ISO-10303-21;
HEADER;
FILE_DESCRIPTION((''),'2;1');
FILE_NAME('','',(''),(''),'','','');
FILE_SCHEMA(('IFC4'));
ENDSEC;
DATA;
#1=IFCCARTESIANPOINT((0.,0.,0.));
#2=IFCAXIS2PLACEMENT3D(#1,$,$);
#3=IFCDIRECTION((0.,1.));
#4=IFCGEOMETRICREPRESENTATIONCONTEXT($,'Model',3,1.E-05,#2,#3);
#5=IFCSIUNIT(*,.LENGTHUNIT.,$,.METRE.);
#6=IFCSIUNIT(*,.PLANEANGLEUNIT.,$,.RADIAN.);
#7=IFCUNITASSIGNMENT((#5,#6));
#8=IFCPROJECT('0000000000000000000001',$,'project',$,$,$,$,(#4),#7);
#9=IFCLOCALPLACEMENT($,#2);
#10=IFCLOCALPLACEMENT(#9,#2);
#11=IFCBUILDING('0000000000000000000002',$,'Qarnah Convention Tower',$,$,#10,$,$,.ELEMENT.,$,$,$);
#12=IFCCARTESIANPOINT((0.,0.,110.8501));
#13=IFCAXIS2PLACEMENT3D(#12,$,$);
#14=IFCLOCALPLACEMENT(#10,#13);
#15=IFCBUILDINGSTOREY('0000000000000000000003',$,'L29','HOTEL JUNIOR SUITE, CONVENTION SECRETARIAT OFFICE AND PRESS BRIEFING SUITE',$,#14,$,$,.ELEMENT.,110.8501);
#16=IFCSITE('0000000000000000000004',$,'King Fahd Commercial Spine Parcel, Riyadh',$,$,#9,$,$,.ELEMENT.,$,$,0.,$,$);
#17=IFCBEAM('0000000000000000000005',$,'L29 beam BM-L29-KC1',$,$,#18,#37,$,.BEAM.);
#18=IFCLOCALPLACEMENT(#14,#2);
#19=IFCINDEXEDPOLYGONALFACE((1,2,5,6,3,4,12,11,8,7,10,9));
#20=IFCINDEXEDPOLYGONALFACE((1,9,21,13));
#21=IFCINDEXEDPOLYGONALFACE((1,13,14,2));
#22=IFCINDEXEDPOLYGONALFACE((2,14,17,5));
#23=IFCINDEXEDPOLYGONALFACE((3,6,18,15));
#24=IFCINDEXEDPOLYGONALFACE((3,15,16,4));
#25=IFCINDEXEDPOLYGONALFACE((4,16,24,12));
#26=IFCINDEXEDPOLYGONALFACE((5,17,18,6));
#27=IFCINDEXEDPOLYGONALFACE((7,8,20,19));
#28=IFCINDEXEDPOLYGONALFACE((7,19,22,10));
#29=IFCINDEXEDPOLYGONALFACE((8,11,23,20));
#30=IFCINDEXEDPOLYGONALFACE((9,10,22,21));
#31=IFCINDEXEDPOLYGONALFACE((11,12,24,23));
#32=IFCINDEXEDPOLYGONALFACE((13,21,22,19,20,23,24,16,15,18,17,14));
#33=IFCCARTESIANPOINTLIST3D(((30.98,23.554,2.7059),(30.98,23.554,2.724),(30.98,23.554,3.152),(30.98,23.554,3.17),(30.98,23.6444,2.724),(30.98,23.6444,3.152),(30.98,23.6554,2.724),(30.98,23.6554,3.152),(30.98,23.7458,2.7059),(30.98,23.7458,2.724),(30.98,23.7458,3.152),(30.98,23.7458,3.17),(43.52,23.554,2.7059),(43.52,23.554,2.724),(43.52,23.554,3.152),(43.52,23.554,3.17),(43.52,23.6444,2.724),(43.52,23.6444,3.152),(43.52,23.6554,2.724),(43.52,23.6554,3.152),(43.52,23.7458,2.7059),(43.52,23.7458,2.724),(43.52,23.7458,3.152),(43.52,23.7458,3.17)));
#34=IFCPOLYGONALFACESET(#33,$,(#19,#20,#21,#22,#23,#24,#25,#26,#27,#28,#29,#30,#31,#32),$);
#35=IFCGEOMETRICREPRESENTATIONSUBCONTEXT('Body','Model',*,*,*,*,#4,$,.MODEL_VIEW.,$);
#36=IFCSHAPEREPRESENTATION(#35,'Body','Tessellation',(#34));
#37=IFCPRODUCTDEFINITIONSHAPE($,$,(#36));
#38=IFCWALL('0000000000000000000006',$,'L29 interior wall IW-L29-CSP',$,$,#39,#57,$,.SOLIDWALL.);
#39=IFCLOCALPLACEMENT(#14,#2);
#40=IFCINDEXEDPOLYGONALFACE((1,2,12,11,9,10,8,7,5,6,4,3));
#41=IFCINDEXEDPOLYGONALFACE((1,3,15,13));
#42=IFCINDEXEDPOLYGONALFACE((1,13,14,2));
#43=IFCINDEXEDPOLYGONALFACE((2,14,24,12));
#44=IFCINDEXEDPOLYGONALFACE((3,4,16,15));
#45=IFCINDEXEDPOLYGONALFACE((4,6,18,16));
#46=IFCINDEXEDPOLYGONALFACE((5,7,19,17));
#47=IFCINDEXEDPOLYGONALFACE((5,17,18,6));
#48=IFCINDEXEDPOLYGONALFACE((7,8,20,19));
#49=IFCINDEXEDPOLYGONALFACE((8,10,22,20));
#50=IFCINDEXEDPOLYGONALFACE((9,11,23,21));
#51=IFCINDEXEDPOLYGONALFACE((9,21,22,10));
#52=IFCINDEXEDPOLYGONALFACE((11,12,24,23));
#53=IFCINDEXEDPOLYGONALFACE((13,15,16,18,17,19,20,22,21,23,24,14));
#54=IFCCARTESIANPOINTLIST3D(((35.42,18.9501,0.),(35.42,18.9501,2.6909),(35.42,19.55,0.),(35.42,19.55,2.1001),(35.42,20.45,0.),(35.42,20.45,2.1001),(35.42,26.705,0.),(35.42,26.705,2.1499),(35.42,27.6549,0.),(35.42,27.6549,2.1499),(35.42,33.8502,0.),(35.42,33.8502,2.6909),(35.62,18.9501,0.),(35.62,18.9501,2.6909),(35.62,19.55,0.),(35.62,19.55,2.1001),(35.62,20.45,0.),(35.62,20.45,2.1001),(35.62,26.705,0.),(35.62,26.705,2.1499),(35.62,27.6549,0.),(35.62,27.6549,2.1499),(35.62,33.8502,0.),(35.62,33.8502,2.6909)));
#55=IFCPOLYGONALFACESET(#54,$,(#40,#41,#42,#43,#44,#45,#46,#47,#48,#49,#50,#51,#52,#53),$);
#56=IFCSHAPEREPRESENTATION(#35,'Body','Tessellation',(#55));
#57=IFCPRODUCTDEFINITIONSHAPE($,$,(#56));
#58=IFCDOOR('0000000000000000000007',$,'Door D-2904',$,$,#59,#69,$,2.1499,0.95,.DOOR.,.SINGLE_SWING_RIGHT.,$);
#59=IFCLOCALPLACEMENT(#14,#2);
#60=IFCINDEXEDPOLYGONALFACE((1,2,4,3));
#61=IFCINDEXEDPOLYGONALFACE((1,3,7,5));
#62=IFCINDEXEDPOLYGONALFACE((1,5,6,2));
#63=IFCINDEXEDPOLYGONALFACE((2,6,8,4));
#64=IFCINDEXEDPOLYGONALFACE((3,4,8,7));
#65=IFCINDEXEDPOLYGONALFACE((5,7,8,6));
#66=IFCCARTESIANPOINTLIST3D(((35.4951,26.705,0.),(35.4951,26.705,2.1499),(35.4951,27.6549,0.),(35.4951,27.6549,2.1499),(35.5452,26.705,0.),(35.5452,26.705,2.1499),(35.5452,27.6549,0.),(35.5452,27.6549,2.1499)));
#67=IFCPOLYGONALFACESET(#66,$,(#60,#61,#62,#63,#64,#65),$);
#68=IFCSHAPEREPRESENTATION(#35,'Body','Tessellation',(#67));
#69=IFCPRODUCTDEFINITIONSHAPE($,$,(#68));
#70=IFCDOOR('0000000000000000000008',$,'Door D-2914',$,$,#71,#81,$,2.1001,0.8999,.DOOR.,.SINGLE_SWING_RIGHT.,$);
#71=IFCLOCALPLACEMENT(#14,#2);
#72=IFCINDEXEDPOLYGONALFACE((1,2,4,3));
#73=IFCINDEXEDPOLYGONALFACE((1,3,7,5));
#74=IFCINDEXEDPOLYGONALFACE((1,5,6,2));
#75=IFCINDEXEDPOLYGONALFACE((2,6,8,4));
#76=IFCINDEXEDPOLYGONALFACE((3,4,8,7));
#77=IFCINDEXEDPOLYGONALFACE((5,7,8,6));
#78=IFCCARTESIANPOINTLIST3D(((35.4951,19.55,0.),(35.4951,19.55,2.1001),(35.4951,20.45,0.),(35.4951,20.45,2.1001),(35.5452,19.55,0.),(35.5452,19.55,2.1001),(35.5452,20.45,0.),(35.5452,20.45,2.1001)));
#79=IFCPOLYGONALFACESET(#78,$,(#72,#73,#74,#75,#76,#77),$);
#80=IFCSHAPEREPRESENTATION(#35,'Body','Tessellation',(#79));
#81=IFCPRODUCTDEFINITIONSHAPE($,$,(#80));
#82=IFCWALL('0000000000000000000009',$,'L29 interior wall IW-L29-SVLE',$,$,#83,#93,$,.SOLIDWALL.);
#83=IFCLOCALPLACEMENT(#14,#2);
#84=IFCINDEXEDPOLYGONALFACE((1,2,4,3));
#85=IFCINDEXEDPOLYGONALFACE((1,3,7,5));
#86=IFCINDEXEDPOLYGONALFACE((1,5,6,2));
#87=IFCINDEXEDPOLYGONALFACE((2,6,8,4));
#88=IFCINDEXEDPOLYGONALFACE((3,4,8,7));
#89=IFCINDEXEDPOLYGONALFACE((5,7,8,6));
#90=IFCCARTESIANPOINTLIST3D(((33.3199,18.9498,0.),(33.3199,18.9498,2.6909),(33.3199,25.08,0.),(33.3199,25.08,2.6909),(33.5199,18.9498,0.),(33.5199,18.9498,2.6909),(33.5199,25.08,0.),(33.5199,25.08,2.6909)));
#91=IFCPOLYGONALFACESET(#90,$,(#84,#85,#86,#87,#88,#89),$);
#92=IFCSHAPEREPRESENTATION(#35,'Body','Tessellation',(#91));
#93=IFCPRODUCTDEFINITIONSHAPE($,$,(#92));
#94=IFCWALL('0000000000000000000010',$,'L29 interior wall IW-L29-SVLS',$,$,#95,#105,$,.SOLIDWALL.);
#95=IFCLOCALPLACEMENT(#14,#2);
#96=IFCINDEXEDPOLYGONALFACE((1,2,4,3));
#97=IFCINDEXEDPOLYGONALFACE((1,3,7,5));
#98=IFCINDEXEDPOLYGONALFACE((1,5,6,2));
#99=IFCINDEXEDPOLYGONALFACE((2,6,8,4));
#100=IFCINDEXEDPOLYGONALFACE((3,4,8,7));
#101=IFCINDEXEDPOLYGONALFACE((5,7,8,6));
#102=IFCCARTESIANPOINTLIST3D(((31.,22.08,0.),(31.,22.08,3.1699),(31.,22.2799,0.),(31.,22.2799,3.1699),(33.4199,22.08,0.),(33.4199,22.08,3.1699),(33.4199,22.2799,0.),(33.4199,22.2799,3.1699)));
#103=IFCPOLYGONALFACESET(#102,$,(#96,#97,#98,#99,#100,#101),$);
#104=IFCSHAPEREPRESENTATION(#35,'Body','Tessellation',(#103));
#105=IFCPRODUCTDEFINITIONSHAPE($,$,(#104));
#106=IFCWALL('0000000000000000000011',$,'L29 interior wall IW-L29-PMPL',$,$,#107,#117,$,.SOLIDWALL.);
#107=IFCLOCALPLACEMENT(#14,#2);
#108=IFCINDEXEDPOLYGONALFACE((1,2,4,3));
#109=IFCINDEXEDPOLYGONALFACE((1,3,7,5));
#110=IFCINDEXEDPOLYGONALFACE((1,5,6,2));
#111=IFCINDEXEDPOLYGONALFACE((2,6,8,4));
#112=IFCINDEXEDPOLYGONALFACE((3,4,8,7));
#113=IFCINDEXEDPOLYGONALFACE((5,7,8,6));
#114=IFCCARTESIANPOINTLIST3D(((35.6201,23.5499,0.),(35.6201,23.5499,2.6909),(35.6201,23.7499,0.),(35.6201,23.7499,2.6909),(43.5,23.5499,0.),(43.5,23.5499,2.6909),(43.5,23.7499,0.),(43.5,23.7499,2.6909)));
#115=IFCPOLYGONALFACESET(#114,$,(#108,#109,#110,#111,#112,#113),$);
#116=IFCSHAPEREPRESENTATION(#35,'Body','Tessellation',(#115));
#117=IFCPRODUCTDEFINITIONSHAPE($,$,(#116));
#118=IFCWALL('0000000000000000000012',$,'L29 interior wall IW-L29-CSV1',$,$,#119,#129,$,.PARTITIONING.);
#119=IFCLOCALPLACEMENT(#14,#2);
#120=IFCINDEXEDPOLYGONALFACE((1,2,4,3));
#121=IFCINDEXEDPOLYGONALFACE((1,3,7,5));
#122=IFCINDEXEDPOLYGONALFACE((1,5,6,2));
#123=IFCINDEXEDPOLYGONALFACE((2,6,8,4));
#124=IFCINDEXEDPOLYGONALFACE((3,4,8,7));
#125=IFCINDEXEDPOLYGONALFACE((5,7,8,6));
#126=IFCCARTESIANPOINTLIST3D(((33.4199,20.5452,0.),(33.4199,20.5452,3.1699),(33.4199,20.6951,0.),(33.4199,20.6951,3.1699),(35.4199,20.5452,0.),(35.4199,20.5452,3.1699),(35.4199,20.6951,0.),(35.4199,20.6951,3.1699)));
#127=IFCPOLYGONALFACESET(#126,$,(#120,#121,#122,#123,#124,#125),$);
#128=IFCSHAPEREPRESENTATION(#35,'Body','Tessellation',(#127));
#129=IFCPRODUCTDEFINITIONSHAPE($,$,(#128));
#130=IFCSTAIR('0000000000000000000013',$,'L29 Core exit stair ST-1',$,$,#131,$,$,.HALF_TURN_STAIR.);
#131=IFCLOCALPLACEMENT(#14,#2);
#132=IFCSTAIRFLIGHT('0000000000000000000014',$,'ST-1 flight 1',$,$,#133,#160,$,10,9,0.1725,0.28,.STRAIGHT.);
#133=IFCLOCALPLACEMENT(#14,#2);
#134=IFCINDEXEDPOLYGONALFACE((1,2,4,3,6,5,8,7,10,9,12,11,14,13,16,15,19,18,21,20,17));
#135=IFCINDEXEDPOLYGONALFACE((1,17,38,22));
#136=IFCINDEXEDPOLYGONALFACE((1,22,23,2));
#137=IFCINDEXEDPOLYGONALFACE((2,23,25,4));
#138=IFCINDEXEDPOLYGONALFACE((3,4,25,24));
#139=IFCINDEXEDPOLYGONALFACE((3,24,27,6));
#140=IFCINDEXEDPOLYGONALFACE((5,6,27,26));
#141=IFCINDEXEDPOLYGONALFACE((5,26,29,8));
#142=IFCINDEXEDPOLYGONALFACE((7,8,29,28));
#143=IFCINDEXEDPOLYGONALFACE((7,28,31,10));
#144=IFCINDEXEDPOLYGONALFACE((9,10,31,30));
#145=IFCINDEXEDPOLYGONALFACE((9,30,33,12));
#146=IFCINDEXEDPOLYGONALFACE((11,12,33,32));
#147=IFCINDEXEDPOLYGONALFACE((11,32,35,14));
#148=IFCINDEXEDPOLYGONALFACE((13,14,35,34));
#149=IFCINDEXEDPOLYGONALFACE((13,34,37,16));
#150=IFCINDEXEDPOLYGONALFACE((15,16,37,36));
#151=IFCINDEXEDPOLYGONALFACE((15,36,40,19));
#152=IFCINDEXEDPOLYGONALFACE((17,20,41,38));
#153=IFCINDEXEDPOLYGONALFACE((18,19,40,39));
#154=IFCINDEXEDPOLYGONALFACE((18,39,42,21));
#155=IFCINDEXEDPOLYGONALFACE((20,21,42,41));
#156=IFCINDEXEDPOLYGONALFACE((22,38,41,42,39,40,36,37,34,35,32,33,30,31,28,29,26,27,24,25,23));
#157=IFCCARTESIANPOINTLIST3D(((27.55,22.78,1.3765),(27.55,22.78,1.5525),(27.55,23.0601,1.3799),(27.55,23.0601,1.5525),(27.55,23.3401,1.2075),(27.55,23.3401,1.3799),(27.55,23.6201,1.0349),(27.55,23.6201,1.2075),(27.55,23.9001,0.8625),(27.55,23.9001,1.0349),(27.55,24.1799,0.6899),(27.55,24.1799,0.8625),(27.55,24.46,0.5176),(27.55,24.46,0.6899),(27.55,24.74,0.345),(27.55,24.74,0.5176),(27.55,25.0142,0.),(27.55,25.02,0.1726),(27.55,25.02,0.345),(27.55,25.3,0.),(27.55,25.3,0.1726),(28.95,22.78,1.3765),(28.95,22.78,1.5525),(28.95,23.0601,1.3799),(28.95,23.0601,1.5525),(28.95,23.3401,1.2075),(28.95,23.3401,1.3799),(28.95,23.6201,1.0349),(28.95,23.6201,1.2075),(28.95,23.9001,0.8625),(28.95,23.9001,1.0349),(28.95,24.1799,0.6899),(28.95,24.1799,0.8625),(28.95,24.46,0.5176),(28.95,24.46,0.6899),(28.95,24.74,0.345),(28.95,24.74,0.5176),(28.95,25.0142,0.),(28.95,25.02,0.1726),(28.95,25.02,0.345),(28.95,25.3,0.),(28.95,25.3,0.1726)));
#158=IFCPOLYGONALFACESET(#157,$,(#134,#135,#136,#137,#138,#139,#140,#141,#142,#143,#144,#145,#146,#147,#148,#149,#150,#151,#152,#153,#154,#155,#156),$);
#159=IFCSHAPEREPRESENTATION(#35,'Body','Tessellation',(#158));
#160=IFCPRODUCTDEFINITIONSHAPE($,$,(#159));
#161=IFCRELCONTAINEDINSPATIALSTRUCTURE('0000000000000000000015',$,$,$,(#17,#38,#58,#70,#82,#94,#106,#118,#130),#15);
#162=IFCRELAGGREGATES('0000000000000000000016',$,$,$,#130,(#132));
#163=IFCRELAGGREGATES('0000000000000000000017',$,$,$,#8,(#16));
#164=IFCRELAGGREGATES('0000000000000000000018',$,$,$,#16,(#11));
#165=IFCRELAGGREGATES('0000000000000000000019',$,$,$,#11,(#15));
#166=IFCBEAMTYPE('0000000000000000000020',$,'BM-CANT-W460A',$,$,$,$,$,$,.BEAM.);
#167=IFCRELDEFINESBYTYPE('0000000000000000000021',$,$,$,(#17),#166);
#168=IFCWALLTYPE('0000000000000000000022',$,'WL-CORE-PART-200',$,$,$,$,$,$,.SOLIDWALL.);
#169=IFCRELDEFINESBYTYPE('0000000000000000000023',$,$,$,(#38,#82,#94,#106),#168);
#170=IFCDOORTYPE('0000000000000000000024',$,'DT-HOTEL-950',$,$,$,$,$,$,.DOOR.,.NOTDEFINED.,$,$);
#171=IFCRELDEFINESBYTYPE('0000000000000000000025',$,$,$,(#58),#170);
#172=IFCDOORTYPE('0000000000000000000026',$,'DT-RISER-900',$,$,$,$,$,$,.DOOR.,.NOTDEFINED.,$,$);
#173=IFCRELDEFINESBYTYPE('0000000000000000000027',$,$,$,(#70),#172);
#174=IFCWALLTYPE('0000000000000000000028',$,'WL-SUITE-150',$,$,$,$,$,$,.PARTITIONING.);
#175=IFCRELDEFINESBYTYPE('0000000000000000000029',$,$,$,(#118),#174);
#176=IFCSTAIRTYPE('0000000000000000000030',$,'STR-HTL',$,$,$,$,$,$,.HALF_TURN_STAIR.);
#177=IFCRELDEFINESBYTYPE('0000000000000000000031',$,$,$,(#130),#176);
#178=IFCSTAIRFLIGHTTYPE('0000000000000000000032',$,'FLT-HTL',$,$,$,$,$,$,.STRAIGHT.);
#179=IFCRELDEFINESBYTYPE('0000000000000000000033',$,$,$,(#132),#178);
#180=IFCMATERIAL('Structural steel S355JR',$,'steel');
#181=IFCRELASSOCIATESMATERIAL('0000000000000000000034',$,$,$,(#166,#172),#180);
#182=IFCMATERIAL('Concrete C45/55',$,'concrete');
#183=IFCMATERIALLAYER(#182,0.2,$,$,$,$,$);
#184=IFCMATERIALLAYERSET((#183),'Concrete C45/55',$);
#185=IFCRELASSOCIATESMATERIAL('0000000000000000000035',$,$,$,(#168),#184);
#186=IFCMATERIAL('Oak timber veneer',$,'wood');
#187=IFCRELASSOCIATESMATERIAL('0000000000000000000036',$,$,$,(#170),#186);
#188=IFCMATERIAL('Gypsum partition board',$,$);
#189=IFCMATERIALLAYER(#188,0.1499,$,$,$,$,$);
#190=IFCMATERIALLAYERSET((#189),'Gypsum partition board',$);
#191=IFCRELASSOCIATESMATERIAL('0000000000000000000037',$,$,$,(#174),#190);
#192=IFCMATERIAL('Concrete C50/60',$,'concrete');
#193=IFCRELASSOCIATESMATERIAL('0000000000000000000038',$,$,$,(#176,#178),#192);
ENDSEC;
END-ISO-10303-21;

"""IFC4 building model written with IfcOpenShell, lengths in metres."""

from ifc_helpers import new_model, si_unit, direction, frame, frame_2d, origin, origin_2d, place, context, subcontext, project, spatial, polyline, rectangle, i_section, outline, extrude, material, layer, layer_set, material_profile, profile_set, type_object, element, fill, aggregate, save


model = new_model("IFC4")

# Units and contexts
model_context = context("Model", 3, precision=1e-05, world=origin(), true_north=direction((0.0, 1.0)))
body_context = subcontext(model_context, "Body", "Model", "MODEL_VIEW")
ifc_project = project(units=[si_unit("LENGTHUNIT", "METRE"), si_unit("PLANEANGLEUNIT", "RADIAN")], contexts=[model_context])

# Site, building, storey
site_placement = place(None, origin())
site = spatial("IfcSite", under=ifc_project, at=site_placement, Name="King Fahd Commercial Spine Parcel, Riyadh", CompositionType="ELEMENT", RefElevation=0.0)
building_placement = place(site_placement, origin())
building = spatial("IfcBuilding", under=site, at=building_placement, Name="Qarnah Convention Tower", CompositionType="ELEMENT")
storey_placement = place(building_placement, frame((0.0, 0.0, 110.8501)))
storey = spatial("IfcBuildingStorey", under=building, at=storey_placement, Name="L29", Description="HOTEL JUNIOR SUITE, CONVENTION SECRETARIAT OFFICE AND PRESS BRIEFING SUITE", CompositionType="ELEMENT", Elevation=110.8501)

# Beam
ifc_material_1 = material(Name="Structural steel S355JR", Category="steel")
ifc_material_profile = material_profile(ifc_material_1, i_section(OverallWidth=0.1919, OverallDepth=0.4641, WebThickness=0.011, FlangeThickness=0.0181, at=origin_2d()), Name="W460X89")
ifc_profile_set = profile_set([ifc_material_profile], Name="Structural steel S355JR")
beam_type = type_object("IfcBeamType", Name="BM-CANT-W460A", PredefinedType="BEAM", material=ifc_profile_set)
beam_placement = place(storey_placement, frame((30.98, 23.6499, 2.938), z_axis=(1.0, 0.0, 0.0), x_axis=(0.0, 1.0, 0.0)))
element("IfcBeam", 1, at=beam_placement, inside=storey, type_object=beam_type, Name="L29 beam BM-L29-KC1", PredefinedType="BEAM", context=body_context, shape_type="SweptSolid", body=[
    extrude(i_section(OverallWidth=0.1919, OverallDepth=0.4641, WebThickness=0.011, FlangeThickness=0.0181, at=origin_2d()), origin(), (0.0, 0.0, 1.0), 12.54),
])

# Wall, openings, doors
ifc_material_2 = material(Name="Concrete C45/55", Category="concrete")
ifc_layer_1 = layer(ifc_material_2, 0.2)
ifc_layer_set_1 = layer_set([ifc_layer_1], Name="Concrete C45/55")
wall_type_1 = type_object("IfcWallType", Name="WL-CORE-PART-200", PredefinedType="SOLIDWALL", material=ifc_layer_set_1)
wall_1_placement = place(storey_placement, frame((35.52, 18.95, 0.0), z_axis=(0.0, 0.0, 1.0), x_axis=(0.0, 1.0, 0.0)))
wall_1 = element("IfcWall", 2, at=wall_1_placement, inside=storey, type_object=wall_type_1, Name="L29 interior wall IW-L29-CSP", PredefinedType="SOLIDWALL", context=body_context, shape_type="SweptSolid", body=[
    extrude(rectangle(XDim=14.9001, YDim=0.2, at=frame_2d((7.4502, 0.0))), origin(), (0.0, 0.0, 1.0), 2.6909),
])
opening_1_placement = place(wall_1_placement, frame((7.7549, 0.0, 0.0)))
opening_1 = element("IfcOpeningElement", 3, at=opening_1_placement, cuts=wall_1, PredefinedType="OPENING", context=body_context, shape_type="SweptSolid", body=[
    extrude(rectangle(XDim=0.95, YDim=2.1499, at=frame_2d((0.4751, 1.075))), frame((0.0, 0.1099, 0.0), z_axis=(0.0, -1.0, 0.0), x_axis=(1.0, 0.0, 0.0)), (0.0, 0.0, 1.0), 0.22),
])
opening_2_placement = place(wall_1_placement, frame((0.6001, 0.0, 0.0)))
opening_2 = element("IfcOpeningElement", 4, at=opening_2_placement, cuts=wall_1, PredefinedType="OPENING", context=body_context, shape_type="SweptSolid", body=[
    extrude(rectangle(XDim=0.8999, YDim=2.1001, at=frame_2d((0.45, 1.05))), frame((0.0, 0.1099, 0.0), z_axis=(0.0, -1.0, 0.0), x_axis=(1.0, 0.0, 0.0)), (0.0, 0.0, 1.0), 0.22),
])
ifc_material_3 = material(Name="Oak timber veneer", Category="wood")
door_type_1 = type_object("IfcDoorType", Name="DT-HOTEL-950", OperationType="NOTDEFINED", PredefinedType="DOOR", material=ifc_material_3)
door_1_placement = place(opening_1_placement, origin())
door_1 = element("IfcDoor", 5, at=door_1_placement, inside=storey, type_object=door_type_1, Name="Door D-2904", OperationType="SINGLE_SWING_RIGHT", OverallHeight=2.1499, OverallWidth=0.95, PredefinedType="DOOR", context=body_context, shape_type="SweptSolid", body=[
    extrude(rectangle(XDim=0.95, YDim=2.1499, at=frame_2d((0.4751, 1.075))), frame((0.0, 0.0249, 0.0), z_axis=(0.0, -1.0, 0.0), x_axis=(1.0, 0.0, 0.0)), (0.0, 0.0, 1.0), 0.05),
])
fill(opening_1, door_1)
door_type_2 = type_object("IfcDoorType", Name="DT-RISER-900", OperationType="NOTDEFINED", PredefinedType="DOOR", material=ifc_material_1)
door_2_placement = place(opening_2_placement, origin())
door_2 = element("IfcDoor", 6, at=door_2_placement, inside=storey, type_object=door_type_2, Name="Door D-2914", OperationType="SINGLE_SWING_RIGHT", OverallHeight=2.1001, OverallWidth=0.8999, PredefinedType="DOOR", context=body_context, shape_type="SweptSolid", body=[
    extrude(rectangle(XDim=0.8999, YDim=2.1001, at=frame_2d((0.45, 1.05))), frame((0.0, 0.0249, 0.0), z_axis=(0.0, -1.0, 0.0), x_axis=(1.0, 0.0, 0.0)), (0.0, 0.0, 1.0), 0.05),
])
fill(opening_2, door_2)

# Walls
wall_2_placement = place(storey_placement, frame((33.4199, 18.95, 0.0), z_axis=(0.0, 0.0, 1.0), x_axis=(0.0, 1.0, 0.0)))
element("IfcWall", 7, at=wall_2_placement, inside=storey, type_object=wall_type_1, Name="L29 interior wall IW-L29-SVLE", PredefinedType="SOLIDWALL", context=body_context, shape_type="SweptSolid", body=[
    extrude(rectangle(XDim=6.1301, YDim=0.2, at=frame_2d((3.0649, 0.0))), origin(), (0.0, 0.0, 1.0), 2.6909),
])
wall_3_placement = place(storey_placement, frame((31.0, 22.1799, 0.0), z_axis=(0.0, 0.0, 1.0), x_axis=(1.0, 0.0, 0.0)))
element("IfcWall", 8, at=wall_3_placement, inside=storey, type_object=wall_type_1, Name="L29 interior wall IW-L29-SVLS", PredefinedType="SOLIDWALL", context=body_context, shape_type="SweptSolid", body=[
    extrude(rectangle(XDim=2.4199, YDim=0.2, at=frame_2d((1.21, 0.0))), origin(), (0.0, 0.0, 1.0), 3.1699),
])
wall_4_placement = place(storey_placement, frame((35.6201, 23.6499, 0.0), z_axis=(0.0, 0.0, 1.0), x_axis=(1.0, 0.0, 0.0)))
element("IfcWall", 9, at=wall_4_placement, inside=storey, type_object=wall_type_1, Name="L29 interior wall IW-L29-PMPL", PredefinedType="SOLIDWALL", context=body_context, shape_type="SweptSolid", body=[
    extrude(rectangle(XDim=7.8799, YDim=0.2, at=frame_2d((3.9399, 0.0))), origin(), (0.0, 0.0, 1.0), 2.6909),
])

# Wall
ifc_material_4 = material(Name="Gypsum partition board")
ifc_layer_2 = layer(ifc_material_4, 0.1499)
ifc_layer_set_2 = layer_set([ifc_layer_2], Name="Gypsum partition board")
wall_type_2 = type_object("IfcWallType", Name="WL-SUITE-150", PredefinedType="PARTITIONING", material=ifc_layer_set_2)
wall_5_placement = place(storey_placement, frame((33.4199, 20.6201, 0.0), z_axis=(0.0, 0.0, 1.0), x_axis=(1.0, 0.0, 0.0)))
element("IfcWall", 10, at=wall_5_placement, inside=storey, type_object=wall_type_2, Name="L29 interior wall IW-L29-CSV1", PredefinedType="PARTITIONING", context=body_context, shape_type="SweptSolid", body=[
    extrude(rectangle(XDim=2.0, YDim=0.1499, at=frame_2d((1.0, 0.0))), origin(), (0.0, 0.0, 1.0), 3.1699),
])

# Stair, stair flight
ifc_material_5 = material(Name="Concrete C50/60", Category="concrete")
stair_type = type_object("IfcStairType", Name="STR-HTL", PredefinedType="HALF_TURN_STAIR", material=ifc_material_5)
stair_placement = place(storey_placement, origin())
stair = element("IfcStair", 11, at=stair_placement, inside=storey, type_object=stair_type, Name="L29 Core exit stair ST-1", PredefinedType="HALF_TURN_STAIR")
stair_flight_type = type_object("IfcStairFlightType", Name="FLT-HTL", PredefinedType="STRAIGHT", material=ifc_material_5)
stair_flight_1_placement = place(storey_placement, frame((28.25, 25.3, 0.0), z_axis=(0.0, 0.0, 1.0), x_axis=(0.0, -1.0, 0.0)))
stair_flight_1 = element("IfcStairFlight", 12, at=stair_flight_1_placement, type_object=stair_flight_type, Name="ST-1 flight 1", NumberOfRisers=10, NumberOfTreads=9, PredefinedType="STRAIGHT", RiserHeight=0.1725, TreadLength=0.28, context=body_context, shape_type="SweptSolid", body=[
    extrude(outline(polyline([(0.0, 0.0), (0.0, 0.1726), (0.28, 0.1726), (0.28, 0.345), (0.5601, 0.345), (0.5601, 0.5176), (0.8401, 0.5176), (0.8401, 0.6899), (1.1201, 0.6899), (1.1201, 0.8625), (1.3999, 0.8625), (1.3999, 1.0349), (1.6799, 1.0349), (1.6799, 1.2075), (1.96, 1.2075), (1.96, 1.3799), (2.24, 1.3799), (2.24, 1.5525), (2.52, 1.5525), (2.52, 1.7251), (2.52, 1.3765), (0.2859, 0.0), (0.0, 0.0)])), frame((0.0, 0.7, 0.0), z_axis=(0.0, -1.0, 0.0), x_axis=(1.0, 0.0, 0.0)), (0.0, 0.0, 1.0), 1.3999),
])
aggregate(stair, [stair_flight_1])

save(model, "model.ifc")
